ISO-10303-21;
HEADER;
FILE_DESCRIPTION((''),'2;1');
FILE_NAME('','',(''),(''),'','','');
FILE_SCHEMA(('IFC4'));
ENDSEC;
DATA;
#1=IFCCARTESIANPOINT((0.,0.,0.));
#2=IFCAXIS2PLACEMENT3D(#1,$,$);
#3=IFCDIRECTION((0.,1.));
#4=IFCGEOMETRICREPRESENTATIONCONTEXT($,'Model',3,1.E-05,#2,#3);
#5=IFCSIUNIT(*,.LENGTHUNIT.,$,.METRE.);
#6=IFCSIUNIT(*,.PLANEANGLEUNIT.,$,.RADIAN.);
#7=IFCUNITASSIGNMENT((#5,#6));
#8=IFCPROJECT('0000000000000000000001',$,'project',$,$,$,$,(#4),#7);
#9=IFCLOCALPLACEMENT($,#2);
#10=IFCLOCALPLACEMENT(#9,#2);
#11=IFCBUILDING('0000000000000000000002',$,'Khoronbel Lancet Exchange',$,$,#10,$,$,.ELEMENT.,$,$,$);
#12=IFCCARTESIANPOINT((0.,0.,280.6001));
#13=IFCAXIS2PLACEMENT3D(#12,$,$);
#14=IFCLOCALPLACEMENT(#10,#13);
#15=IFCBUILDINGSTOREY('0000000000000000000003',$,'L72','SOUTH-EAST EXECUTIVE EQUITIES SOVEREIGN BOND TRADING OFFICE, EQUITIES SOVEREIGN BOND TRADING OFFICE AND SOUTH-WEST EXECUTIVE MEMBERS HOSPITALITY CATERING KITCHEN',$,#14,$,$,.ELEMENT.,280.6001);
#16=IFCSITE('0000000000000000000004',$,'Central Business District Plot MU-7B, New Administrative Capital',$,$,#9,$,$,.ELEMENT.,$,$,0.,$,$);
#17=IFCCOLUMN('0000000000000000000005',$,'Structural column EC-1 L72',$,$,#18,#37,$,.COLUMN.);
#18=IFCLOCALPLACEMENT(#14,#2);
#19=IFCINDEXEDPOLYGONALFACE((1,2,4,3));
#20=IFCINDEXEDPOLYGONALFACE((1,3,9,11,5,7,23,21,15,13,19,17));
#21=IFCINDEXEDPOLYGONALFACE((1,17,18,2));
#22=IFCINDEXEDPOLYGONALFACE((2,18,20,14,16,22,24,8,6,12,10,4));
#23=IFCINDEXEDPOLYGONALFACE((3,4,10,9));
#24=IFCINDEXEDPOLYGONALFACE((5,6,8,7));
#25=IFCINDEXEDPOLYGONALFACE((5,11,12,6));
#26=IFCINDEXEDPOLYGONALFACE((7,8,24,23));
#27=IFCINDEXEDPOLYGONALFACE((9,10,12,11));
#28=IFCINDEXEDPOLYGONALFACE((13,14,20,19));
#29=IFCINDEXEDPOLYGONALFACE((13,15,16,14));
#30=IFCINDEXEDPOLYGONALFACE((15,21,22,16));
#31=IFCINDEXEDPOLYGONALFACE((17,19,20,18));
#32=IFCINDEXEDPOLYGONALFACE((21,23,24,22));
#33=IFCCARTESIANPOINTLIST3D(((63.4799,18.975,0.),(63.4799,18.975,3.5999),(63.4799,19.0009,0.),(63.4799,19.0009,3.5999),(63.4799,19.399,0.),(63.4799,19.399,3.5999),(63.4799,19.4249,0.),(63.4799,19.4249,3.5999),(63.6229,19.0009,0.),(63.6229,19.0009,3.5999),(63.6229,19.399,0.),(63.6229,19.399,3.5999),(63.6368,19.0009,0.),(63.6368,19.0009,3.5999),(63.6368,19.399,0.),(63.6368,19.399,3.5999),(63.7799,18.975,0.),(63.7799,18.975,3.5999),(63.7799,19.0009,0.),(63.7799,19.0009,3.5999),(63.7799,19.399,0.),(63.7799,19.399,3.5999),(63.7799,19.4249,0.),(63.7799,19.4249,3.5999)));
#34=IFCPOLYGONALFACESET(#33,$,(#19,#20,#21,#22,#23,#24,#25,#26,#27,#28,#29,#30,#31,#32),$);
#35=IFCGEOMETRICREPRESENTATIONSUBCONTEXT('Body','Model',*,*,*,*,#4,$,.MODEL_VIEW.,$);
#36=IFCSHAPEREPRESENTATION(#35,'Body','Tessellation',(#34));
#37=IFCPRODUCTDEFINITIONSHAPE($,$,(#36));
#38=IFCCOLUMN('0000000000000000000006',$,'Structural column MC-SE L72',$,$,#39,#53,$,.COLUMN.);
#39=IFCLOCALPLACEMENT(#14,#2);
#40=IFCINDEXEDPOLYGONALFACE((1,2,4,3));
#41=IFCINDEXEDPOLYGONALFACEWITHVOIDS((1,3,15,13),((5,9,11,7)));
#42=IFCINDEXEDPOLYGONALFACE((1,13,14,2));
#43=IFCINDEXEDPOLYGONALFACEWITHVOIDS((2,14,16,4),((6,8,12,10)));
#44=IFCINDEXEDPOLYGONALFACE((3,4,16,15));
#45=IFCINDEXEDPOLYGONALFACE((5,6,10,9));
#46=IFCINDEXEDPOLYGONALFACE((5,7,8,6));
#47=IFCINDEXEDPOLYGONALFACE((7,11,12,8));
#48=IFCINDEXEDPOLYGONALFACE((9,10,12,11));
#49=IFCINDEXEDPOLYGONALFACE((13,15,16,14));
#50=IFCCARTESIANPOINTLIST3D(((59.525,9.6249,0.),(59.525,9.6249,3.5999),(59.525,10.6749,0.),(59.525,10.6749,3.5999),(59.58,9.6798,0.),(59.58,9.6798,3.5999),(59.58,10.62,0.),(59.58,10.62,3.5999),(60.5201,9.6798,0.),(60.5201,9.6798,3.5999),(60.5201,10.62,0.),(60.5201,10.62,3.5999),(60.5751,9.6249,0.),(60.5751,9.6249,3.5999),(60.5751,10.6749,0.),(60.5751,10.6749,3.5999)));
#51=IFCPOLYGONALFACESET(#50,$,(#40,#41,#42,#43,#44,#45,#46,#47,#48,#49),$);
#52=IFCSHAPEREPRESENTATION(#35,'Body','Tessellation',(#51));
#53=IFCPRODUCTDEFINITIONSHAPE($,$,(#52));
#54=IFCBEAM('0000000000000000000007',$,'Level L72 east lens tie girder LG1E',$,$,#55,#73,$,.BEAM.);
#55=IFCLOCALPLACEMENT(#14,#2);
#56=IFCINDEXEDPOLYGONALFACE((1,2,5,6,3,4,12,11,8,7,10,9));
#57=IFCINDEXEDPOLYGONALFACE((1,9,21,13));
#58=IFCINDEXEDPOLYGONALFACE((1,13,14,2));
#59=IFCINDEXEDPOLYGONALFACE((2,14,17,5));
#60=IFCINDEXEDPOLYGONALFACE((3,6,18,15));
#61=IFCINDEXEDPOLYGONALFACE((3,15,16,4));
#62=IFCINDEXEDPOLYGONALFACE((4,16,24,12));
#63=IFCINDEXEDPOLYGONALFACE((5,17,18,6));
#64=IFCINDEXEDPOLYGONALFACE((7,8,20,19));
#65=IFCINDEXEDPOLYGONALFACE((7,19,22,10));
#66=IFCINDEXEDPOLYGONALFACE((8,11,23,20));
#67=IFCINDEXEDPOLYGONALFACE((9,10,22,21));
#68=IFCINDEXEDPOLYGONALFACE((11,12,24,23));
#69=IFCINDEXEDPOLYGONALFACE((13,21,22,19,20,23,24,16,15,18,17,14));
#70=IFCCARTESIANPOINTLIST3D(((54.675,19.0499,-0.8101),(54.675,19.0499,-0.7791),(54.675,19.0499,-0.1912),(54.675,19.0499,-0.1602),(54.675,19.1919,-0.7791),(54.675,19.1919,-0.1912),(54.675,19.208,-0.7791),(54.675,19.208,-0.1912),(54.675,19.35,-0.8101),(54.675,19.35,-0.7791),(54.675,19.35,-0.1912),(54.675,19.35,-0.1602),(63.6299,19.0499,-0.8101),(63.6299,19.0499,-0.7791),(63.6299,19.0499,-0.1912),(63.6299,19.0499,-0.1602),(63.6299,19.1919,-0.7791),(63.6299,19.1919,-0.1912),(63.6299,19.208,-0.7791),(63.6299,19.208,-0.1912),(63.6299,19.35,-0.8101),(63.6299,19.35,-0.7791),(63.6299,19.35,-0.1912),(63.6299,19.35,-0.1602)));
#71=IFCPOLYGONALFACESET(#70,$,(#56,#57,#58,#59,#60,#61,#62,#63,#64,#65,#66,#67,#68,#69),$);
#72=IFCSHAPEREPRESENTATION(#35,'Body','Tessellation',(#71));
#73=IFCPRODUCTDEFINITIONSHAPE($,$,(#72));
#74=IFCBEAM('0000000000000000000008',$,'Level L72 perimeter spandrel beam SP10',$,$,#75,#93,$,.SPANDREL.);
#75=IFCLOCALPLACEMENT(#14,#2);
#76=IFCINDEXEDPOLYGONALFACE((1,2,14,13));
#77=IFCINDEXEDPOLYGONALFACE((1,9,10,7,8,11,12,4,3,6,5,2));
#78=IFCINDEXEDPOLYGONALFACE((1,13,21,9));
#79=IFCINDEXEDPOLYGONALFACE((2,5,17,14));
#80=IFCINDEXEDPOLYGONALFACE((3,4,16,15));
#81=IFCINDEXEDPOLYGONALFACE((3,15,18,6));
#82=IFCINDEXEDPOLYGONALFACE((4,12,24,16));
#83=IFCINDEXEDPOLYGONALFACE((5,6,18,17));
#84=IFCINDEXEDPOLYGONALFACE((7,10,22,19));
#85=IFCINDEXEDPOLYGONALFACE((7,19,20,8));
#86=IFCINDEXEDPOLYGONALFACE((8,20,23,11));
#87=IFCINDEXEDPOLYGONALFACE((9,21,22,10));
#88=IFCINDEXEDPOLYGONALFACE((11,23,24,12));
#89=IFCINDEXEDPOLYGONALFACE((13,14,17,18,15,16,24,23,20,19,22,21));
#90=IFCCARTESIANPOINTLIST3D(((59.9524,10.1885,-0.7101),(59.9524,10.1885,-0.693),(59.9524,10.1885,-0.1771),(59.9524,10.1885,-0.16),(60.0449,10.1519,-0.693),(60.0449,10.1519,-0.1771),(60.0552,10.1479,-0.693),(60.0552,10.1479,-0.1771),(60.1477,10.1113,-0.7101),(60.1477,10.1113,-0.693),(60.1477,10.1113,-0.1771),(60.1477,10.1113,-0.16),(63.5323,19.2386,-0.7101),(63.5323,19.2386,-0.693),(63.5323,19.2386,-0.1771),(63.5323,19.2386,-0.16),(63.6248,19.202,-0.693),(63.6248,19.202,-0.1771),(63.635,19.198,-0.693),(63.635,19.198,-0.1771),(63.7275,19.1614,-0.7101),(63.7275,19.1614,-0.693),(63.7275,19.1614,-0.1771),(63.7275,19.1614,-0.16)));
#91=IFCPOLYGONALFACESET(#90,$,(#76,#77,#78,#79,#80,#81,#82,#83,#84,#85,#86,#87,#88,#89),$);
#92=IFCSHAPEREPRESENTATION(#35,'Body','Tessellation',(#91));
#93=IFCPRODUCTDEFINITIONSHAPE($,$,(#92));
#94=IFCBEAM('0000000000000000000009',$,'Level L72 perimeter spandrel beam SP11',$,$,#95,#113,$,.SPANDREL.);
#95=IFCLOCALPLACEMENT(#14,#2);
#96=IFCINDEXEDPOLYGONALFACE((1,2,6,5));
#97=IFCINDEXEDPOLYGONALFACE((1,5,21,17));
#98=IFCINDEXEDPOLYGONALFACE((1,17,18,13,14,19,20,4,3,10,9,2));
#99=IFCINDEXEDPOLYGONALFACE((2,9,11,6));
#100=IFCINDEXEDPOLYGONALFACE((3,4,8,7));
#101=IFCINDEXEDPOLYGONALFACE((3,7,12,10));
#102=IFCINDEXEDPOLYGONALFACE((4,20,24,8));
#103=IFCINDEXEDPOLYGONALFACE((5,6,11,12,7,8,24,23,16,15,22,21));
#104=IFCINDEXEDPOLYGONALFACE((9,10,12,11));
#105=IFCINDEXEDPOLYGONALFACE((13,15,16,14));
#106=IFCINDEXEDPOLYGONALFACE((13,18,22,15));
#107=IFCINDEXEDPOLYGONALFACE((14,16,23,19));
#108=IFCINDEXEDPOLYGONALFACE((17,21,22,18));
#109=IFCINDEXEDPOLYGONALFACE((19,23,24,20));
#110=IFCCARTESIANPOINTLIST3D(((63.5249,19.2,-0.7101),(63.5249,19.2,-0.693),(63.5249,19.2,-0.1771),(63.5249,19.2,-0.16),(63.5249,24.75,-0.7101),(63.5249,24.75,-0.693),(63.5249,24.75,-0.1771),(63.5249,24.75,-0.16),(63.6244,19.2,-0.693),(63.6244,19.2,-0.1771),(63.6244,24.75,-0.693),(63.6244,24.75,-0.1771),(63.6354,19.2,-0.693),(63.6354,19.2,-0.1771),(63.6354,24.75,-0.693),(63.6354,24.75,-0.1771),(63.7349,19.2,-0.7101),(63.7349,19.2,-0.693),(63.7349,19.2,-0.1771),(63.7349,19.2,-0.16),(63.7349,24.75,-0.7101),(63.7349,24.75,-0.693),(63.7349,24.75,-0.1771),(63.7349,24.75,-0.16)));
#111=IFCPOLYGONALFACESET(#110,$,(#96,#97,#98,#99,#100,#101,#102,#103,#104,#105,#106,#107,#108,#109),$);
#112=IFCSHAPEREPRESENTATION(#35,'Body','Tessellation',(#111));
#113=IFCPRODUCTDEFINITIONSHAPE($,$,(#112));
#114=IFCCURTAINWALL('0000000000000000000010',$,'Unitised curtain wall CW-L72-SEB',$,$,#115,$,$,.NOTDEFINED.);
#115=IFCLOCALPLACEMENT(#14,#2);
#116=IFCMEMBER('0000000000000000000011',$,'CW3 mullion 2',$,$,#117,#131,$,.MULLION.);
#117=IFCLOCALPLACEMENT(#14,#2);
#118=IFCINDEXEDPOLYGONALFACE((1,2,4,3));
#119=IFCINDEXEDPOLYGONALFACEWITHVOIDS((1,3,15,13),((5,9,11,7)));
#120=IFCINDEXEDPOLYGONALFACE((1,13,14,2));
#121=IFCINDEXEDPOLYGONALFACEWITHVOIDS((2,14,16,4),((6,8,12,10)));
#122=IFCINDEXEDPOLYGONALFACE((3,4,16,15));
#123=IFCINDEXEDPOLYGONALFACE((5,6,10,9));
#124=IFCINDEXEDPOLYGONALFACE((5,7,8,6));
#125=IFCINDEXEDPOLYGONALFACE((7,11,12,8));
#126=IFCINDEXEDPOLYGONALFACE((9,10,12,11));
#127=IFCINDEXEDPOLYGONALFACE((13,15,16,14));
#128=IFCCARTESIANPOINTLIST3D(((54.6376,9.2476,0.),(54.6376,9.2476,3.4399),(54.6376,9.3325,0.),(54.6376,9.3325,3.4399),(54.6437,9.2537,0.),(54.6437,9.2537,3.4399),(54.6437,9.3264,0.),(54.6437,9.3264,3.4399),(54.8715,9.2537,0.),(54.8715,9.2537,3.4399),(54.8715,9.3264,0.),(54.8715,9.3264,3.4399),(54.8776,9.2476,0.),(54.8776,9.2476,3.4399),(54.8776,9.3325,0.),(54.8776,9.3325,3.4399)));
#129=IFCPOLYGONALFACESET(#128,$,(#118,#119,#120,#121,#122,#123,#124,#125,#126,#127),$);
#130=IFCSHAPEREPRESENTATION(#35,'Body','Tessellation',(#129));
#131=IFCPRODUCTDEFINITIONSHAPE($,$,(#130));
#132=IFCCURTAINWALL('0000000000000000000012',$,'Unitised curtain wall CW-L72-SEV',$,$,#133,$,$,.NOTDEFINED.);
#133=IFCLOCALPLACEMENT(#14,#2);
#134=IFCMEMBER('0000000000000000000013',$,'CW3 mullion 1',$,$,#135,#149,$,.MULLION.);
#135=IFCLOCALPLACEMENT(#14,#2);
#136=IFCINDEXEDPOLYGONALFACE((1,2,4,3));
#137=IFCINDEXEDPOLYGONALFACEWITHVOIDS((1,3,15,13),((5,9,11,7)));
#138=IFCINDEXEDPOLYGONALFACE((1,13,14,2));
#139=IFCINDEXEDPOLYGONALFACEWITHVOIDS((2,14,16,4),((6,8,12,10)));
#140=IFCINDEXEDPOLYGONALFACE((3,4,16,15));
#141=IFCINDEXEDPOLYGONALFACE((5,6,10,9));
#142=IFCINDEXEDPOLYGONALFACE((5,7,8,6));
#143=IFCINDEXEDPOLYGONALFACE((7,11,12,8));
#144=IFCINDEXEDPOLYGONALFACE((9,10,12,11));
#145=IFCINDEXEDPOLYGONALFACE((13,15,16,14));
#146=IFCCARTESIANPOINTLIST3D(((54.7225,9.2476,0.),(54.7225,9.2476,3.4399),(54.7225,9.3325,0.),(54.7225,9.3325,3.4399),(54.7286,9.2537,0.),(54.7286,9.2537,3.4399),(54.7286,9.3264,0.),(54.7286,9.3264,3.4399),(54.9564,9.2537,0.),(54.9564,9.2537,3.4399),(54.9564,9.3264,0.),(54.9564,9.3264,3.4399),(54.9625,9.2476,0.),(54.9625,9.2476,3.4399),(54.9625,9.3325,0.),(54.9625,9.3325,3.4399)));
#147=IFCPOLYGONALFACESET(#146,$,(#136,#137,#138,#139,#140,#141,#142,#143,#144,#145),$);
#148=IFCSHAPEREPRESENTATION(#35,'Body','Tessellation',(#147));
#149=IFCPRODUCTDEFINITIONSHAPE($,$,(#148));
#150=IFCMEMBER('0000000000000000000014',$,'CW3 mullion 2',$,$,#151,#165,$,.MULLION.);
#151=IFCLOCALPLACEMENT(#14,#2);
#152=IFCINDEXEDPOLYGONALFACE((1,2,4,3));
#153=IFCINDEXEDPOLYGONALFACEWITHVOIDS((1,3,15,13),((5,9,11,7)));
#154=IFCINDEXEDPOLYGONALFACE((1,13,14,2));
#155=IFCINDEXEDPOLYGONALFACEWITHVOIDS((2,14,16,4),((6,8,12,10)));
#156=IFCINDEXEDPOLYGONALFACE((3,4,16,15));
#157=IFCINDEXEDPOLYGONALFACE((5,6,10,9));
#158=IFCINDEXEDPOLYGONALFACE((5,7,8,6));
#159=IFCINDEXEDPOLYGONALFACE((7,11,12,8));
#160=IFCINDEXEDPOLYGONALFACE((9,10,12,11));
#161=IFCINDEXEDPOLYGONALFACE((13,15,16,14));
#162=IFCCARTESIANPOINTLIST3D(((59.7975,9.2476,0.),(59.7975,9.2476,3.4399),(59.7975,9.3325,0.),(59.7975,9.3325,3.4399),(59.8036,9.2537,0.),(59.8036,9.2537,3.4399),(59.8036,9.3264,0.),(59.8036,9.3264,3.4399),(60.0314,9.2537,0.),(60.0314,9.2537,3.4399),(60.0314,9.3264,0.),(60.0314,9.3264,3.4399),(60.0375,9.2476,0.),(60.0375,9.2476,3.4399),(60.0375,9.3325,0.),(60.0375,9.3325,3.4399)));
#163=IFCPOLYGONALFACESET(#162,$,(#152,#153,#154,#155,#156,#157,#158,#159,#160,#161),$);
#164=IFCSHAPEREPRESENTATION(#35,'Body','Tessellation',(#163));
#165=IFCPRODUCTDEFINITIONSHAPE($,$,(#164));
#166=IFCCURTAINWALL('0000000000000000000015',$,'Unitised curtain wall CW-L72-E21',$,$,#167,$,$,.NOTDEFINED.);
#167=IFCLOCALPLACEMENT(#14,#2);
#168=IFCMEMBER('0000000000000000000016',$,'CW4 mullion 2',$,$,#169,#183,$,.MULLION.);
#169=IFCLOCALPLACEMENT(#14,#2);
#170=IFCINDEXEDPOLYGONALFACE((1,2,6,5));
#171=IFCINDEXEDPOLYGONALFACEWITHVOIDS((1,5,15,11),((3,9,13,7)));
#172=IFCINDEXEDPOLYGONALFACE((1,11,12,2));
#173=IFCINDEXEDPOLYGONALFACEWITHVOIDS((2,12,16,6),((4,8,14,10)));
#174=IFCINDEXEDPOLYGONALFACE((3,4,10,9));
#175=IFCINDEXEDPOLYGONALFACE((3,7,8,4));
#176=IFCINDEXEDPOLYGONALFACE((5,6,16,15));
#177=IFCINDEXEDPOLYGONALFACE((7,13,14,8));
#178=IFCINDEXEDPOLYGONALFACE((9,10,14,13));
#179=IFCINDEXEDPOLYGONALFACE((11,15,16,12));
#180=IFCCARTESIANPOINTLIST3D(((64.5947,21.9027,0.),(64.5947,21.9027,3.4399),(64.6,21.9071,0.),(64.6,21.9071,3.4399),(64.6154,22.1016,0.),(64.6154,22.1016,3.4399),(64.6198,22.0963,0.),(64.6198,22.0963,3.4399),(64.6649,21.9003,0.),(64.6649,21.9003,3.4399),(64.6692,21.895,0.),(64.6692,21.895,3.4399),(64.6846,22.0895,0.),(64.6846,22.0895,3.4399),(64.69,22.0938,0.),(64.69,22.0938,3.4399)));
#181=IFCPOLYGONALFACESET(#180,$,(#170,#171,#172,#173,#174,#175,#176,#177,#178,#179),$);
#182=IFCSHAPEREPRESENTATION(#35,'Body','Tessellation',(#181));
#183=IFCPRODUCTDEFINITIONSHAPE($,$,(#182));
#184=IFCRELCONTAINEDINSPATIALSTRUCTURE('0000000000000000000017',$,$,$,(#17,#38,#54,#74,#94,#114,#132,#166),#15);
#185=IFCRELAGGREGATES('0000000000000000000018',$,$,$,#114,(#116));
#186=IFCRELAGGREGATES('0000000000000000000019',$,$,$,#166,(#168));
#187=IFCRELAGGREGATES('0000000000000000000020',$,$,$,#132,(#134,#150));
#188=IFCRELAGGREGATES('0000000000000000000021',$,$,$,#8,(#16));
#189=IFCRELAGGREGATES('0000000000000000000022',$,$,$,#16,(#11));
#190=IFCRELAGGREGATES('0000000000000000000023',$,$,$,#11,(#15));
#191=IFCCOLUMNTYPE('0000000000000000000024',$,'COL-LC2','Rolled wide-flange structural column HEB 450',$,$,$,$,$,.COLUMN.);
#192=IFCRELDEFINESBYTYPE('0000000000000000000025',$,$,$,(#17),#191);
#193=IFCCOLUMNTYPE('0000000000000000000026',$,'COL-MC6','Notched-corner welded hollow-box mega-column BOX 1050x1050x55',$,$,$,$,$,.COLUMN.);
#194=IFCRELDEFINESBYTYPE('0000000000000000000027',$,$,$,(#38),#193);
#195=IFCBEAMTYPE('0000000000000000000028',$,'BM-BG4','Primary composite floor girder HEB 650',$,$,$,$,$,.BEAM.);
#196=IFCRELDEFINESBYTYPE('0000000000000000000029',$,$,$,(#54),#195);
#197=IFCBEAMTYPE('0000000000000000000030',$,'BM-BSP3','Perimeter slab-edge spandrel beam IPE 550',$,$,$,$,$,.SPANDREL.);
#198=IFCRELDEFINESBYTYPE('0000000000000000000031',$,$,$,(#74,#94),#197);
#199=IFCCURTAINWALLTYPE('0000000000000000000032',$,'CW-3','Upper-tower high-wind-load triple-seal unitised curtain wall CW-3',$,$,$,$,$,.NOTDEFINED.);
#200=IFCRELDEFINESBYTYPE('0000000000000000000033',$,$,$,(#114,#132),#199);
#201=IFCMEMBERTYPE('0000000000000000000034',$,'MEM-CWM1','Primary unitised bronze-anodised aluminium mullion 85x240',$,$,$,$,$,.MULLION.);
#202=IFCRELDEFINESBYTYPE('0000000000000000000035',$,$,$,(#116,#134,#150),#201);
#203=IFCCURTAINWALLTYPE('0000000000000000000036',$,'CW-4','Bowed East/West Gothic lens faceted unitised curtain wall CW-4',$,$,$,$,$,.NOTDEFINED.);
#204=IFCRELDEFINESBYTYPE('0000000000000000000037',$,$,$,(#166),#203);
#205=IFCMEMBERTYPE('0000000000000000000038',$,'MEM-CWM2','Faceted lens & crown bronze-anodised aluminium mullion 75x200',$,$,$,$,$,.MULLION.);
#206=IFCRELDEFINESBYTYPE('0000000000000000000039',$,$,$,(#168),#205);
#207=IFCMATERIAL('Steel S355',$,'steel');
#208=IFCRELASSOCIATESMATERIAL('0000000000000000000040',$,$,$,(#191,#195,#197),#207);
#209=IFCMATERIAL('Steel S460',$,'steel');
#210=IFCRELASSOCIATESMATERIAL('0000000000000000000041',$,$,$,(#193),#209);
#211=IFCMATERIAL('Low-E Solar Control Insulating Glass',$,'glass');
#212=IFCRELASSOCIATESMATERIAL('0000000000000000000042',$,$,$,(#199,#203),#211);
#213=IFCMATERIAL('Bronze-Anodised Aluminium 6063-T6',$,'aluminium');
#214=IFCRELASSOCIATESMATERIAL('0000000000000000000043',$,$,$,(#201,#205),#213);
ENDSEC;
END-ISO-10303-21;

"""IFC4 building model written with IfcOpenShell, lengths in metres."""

from ifc_helpers import new_model, si_unit, direction, frame, origin, origin_2d, place, context, subcontext, project, spatial, hollow_rectangle, i_section, extrude, material, material_profile, profile_set, type_object, element, aggregate, save


model = new_model("IFC4")

# Units and contexts
model_context = context("Model", 3, precision=1e-05, world=origin(), true_north=direction((0.0, 1.0)))
body_context = subcontext(model_context, "Body", "Model", "MODEL_VIEW")
ifc_project = project(units=[si_unit("LENGTHUNIT", "METRE"), si_unit("PLANEANGLEUNIT", "RADIAN")], contexts=[model_context])

# Site, building, storey
site_placement = place(None, origin())
site = spatial("IfcSite", under=ifc_project, at=site_placement, Name="Central Business District Plot MU-7B, New Administrative Capital", CompositionType="ELEMENT", RefElevation=0.0)
building_placement = place(site_placement, origin())
building = spatial("IfcBuilding", under=site, at=building_placement, Name="Khoronbel Lancet Exchange", CompositionType="ELEMENT")
storey_placement = place(building_placement, frame((0.0, 0.0, 280.6001)))
storey = spatial("IfcBuildingStorey", under=building, at=storey_placement, Name="L72", Description="SOUTH-EAST EXECUTIVE EQUITIES SOVEREIGN BOND TRADING OFFICE, EQUITIES SOVEREIGN BOND TRADING OFFICE AND SOUTH-WEST EXECUTIVE MEMBERS HOSPITALITY CATERING KITCHEN", CompositionType="ELEMENT", Elevation=280.6001)

# Columns
ifc_material_1 = material(Name="Steel S355", Category="steel")
ifc_material_profile_1 = material_profile(ifc_material_1, i_section(OverallWidth=0.3, OverallDepth=0.45, WebThickness=0.0139, FlangeThickness=0.0259, at=origin_2d()), Name="HEB 450")
ifc_profile_set_1 = profile_set([ifc_material_profile_1], Name="Steel S355")
column_type_1 = type_object("IfcColumnType", Name="COL-LC2", Description="Rolled wide-flange structural column HEB 450", PredefinedType="COLUMN", material=ifc_profile_set_1)
column_1_placement = place(storey_placement, frame((63.6299, 19.2, 0.0), z_axis=(0.0, 0.0, 1.0), x_axis=(1.0, 0.0, 0.0)))
element("IfcColumn", 1, at=column_1_placement, inside=storey, type_object=column_type_1, Name="Structural column EC-1 L72", PredefinedType="COLUMN", context=body_context, shape_type="SweptSolid", body=[
    extrude(i_section(OverallWidth=0.3, OverallDepth=0.45, WebThickness=0.0139, FlangeThickness=0.0259, at=origin_2d()), origin(), (0.0, 0.0, 1.0), 3.5999),
])
ifc_material_2 = material(Name="Steel S460", Category="steel")
ifc_material_profile_2 = material_profile(ifc_material_2, hollow_rectangle(XDim=1.05, YDim=1.05, WallThickness=0.0549, at=origin_2d()), Name="BOX 1050x1050x55")
ifc_profile_set_2 = profile_set([ifc_material_profile_2], Name="Steel S460")
column_type_2 = type_object("IfcColumnType", Name="COL-MC6", Description="Notched-corner welded hollow-box mega-column BOX 1050x1050x55", PredefinedType="COLUMN", material=ifc_profile_set_2)
column_2_placement = place(storey_placement, frame((60.05, 10.1499, 0.0), z_axis=(0.0, 0.0, 1.0), x_axis=(1.0, 0.0, 0.0)))
element("IfcColumn", 2, at=column_2_placement, inside=storey, type_object=column_type_2, Name="Structural column MC-SE L72", PredefinedType="COLUMN", context=body_context, shape_type="SweptSolid", body=[
    extrude(hollow_rectangle(XDim=1.05, YDim=1.05, WallThickness=0.0549, at=origin_2d()), origin(), (0.0, 0.0, 1.0), 3.5999),
])

# Beams
ifc_material_profile_3 = material_profile(ifc_material_1, i_section(OverallWidth=0.3, OverallDepth=0.6499, WebThickness=0.0161, FlangeThickness=0.031, at=origin_2d()), Name="HEB 650")
ifc_profile_set_3 = profile_set([ifc_material_profile_3], Name="Steel S355")
beam_type_1 = type_object("IfcBeamType", Name="BM-BG4", Description="Primary composite floor girder HEB 650", PredefinedType="BEAM", material=ifc_profile_set_3)
beam_1_placement = place(storey_placement, frame((54.675, 19.2, -0.4851), z_axis=(1.0, 0.0, 0.0), x_axis=(0.0, 1.0, 0.0)))
element("IfcBeam", 3, at=beam_1_placement, inside=storey, type_object=beam_type_1, Name="Level L72 east lens tie girder LG1E", PredefinedType="BEAM", context=body_context, shape_type="SweptSolid", body=[
    extrude(i_section(OverallWidth=0.3, OverallDepth=0.6499, WebThickness=0.0161, FlangeThickness=0.031, at=origin_2d()), origin(), (0.0, 0.0, 1.0), 8.9548),
])
ifc_material_profile_4 = material_profile(ifc_material_1, i_section(OverallWidth=0.21, OverallDepth=0.55, WebThickness=0.011, FlangeThickness=0.0171, at=origin_2d()), Name="IPE 550")
ifc_profile_set_4 = profile_set([ifc_material_profile_4], Name="Steel S355")
beam_type_2 = type_object("IfcBeamType", Name="BM-BSP3", Description="Perimeter slab-edge spandrel beam IPE 550", PredefinedType="SPANDREL", material=ifc_profile_set_4)
beam_2_placement = place(storey_placement, frame((60.05, 10.1499, -0.4351), z_axis=(0.367828, 0.929894, 0.0), x_axis=(-0.929894, 0.367828, 0.0)))
element("IfcBeam", 4, at=beam_2_placement, inside=storey, type_object=beam_type_2, Name="Level L72 perimeter spandrel beam SP10", PredefinedType="SPANDREL", context=body_context, shape_type="SweptSolid", body=[
    extrude(i_section(OverallWidth=0.21, OverallDepth=0.55, WebThickness=0.011, FlangeThickness=0.0171, at=origin_2d()), origin(), (0.0, 0.0, 1.0), 9.7324),
])
beam_3_placement = place(storey_placement, frame((63.6299, 19.2, -0.4351), z_axis=(0.0, 1.0, 0.0), x_axis=(-1.0, 0.0, 0.0)))
element("IfcBeam", 5, at=beam_3_placement, inside=storey, type_object=beam_type_2, Name="Level L72 perimeter spandrel beam SP11", PredefinedType="SPANDREL", context=body_context, shape_type="SweptSolid", body=[
    extrude(i_section(OverallWidth=0.21, OverallDepth=0.55, WebThickness=0.011, FlangeThickness=0.0171, at=origin_2d()), origin(), (0.0, 0.0, 1.0), 5.55),
])

# Curtain wall, member
ifc_material_3 = material(Name="Low-E Solar Control Insulating Glass", Category="glass")
curtain_wall_type_1 = type_object("IfcCurtainWallType", Name="CW-3", Description="Upper-tower high-wind-load triple-seal unitised curtain wall CW-3", PredefinedType="NOTDEFINED", material=ifc_material_3)
curtain_wall_1_placement = place(storey_placement, origin())
curtain_wall_1 = element("IfcCurtainWall", 6, at=curtain_wall_1_placement, inside=storey, type_object=curtain_wall_type_1, Name="Unitised curtain wall CW-L72-SEB", PredefinedType="NOTDEFINED")
ifc_material_4 = material(Name="Bronze-Anodised Aluminium 6063-T6", Category="aluminium")
ifc_material_profile_5 = material_profile(ifc_material_4, hollow_rectangle(XDim=0.085, YDim=0.24, WallThickness=0.0061, at=origin_2d()), Name="ALU MULLION 85x240")
ifc_profile_set_5 = profile_set([ifc_material_profile_5], Name="Bronze-Anodised Aluminium 6063-T6")
member_type_1 = type_object("IfcMemberType", Name="MEM-CWM1", Description="Primary unitised bronze-anodised aluminium mullion 85x240", PredefinedType="MULLION", material=ifc_profile_set_5)
member_1_placement = place(storey_placement, frame((54.7576, 9.29, 0.0), z_axis=(0.0, 0.0, 1.0), x_axis=(0.0, 1.0, 0.0)))
member_1 = element("IfcMember", 7, at=member_1_placement, type_object=member_type_1, Name="CW3 mullion 2", PredefinedType="MULLION", context=body_context, shape_type="SweptSolid", body=[
    extrude(hollow_rectangle(XDim=0.085, YDim=0.24, WallThickness=0.0061, at=origin_2d()), origin(), (0.0, 0.0, 1.0), 3.4399),
])
aggregate(curtain_wall_1, [member_1])

# Curtain wall, members
curtain_wall_2_placement = place(storey_placement, origin())
curtain_wall_2 = element("IfcCurtainWall", 8, at=curtain_wall_2_placement, inside=storey, type_object=curtain_wall_type_1, Name="Unitised curtain wall CW-L72-SEV", PredefinedType="NOTDEFINED")
member_2_placement = place(storey_placement, frame((54.8425, 9.29, 0.0), z_axis=(0.0, 0.0, 1.0), x_axis=(0.0, 1.0, 0.0)))
member_2 = element("IfcMember", 9, at=member_2_placement, type_object=member_type_1, Name="CW3 mullion 1", PredefinedType="MULLION", context=body_context, shape_type="SweptSolid", body=[
    extrude(hollow_rectangle(XDim=0.085, YDim=0.24, WallThickness=0.0061, at=origin_2d()), origin(), (0.0, 0.0, 1.0), 3.4399),
])
member_3_placement = place(storey_placement, frame((59.9175, 9.29, 0.0), z_axis=(0.0, 0.0, 1.0), x_axis=(0.0, 1.0, 0.0)))
member_3 = element("IfcMember", 10, at=member_3_placement, type_object=member_type_1, Name="CW3 mullion 2", PredefinedType="MULLION", context=body_context, shape_type="SweptSolid", body=[
    extrude(hollow_rectangle(XDim=0.085, YDim=0.24, WallThickness=0.0061, at=origin_2d()), origin(), (0.0, 0.0, 1.0), 3.4399),
])

# Curtain wall, member
curtain_wall_type_2 = type_object("IfcCurtainWallType", Name="CW-4", Description="Bowed East/West Gothic lens faceted unitised curtain wall CW-4", PredefinedType="NOTDEFINED", material=ifc_material_3)
curtain_wall_3_placement = place(storey_placement, origin())
curtain_wall_3 = element("IfcCurtainWall", 11, at=curtain_wall_3_placement, inside=storey, type_object=curtain_wall_type_2, Name="Unitised curtain wall CW-L72-E21", PredefinedType="NOTDEFINED")
ifc_material_profile_6 = material_profile(ifc_material_4, hollow_rectangle(XDim=0.075, YDim=0.2, WallThickness=0.0049, at=origin_2d()), Name="ALU MULLION 75x200")
ifc_profile_set_6 = profile_set([ifc_material_profile_6], Name="Bronze-Anodised Aluminium 6063-T6")
member_type_2 = type_object("IfcMemberType", Name="MEM-CWM2", Description="Faceted lens & crown bronze-anodised aluminium mullion 75x200", PredefinedType="MULLION", material=ifc_profile_set_6)
member_4_placement = place(storey_placement, frame((64.6423, 21.9983, 0.0), z_axis=(0.0, 0.0, 1.0), x_axis=(0.994591, -0.103873, 0.0)))
member_4 = element("IfcMember", 12, at=member_4_placement, type_object=member_type_2, Name="CW4 mullion 2", PredefinedType="MULLION", context=body_context, shape_type="SweptSolid", body=[
    extrude(hollow_rectangle(XDim=0.075, YDim=0.2, WallThickness=0.0049, at=origin_2d()), origin(), (0.0, 0.0, 1.0), 3.4399),
])
aggregate(curtain_wall_3, [member_4])

aggregate(curtain_wall_2, [member_2, member_3])

save(model, "model.ifc")
